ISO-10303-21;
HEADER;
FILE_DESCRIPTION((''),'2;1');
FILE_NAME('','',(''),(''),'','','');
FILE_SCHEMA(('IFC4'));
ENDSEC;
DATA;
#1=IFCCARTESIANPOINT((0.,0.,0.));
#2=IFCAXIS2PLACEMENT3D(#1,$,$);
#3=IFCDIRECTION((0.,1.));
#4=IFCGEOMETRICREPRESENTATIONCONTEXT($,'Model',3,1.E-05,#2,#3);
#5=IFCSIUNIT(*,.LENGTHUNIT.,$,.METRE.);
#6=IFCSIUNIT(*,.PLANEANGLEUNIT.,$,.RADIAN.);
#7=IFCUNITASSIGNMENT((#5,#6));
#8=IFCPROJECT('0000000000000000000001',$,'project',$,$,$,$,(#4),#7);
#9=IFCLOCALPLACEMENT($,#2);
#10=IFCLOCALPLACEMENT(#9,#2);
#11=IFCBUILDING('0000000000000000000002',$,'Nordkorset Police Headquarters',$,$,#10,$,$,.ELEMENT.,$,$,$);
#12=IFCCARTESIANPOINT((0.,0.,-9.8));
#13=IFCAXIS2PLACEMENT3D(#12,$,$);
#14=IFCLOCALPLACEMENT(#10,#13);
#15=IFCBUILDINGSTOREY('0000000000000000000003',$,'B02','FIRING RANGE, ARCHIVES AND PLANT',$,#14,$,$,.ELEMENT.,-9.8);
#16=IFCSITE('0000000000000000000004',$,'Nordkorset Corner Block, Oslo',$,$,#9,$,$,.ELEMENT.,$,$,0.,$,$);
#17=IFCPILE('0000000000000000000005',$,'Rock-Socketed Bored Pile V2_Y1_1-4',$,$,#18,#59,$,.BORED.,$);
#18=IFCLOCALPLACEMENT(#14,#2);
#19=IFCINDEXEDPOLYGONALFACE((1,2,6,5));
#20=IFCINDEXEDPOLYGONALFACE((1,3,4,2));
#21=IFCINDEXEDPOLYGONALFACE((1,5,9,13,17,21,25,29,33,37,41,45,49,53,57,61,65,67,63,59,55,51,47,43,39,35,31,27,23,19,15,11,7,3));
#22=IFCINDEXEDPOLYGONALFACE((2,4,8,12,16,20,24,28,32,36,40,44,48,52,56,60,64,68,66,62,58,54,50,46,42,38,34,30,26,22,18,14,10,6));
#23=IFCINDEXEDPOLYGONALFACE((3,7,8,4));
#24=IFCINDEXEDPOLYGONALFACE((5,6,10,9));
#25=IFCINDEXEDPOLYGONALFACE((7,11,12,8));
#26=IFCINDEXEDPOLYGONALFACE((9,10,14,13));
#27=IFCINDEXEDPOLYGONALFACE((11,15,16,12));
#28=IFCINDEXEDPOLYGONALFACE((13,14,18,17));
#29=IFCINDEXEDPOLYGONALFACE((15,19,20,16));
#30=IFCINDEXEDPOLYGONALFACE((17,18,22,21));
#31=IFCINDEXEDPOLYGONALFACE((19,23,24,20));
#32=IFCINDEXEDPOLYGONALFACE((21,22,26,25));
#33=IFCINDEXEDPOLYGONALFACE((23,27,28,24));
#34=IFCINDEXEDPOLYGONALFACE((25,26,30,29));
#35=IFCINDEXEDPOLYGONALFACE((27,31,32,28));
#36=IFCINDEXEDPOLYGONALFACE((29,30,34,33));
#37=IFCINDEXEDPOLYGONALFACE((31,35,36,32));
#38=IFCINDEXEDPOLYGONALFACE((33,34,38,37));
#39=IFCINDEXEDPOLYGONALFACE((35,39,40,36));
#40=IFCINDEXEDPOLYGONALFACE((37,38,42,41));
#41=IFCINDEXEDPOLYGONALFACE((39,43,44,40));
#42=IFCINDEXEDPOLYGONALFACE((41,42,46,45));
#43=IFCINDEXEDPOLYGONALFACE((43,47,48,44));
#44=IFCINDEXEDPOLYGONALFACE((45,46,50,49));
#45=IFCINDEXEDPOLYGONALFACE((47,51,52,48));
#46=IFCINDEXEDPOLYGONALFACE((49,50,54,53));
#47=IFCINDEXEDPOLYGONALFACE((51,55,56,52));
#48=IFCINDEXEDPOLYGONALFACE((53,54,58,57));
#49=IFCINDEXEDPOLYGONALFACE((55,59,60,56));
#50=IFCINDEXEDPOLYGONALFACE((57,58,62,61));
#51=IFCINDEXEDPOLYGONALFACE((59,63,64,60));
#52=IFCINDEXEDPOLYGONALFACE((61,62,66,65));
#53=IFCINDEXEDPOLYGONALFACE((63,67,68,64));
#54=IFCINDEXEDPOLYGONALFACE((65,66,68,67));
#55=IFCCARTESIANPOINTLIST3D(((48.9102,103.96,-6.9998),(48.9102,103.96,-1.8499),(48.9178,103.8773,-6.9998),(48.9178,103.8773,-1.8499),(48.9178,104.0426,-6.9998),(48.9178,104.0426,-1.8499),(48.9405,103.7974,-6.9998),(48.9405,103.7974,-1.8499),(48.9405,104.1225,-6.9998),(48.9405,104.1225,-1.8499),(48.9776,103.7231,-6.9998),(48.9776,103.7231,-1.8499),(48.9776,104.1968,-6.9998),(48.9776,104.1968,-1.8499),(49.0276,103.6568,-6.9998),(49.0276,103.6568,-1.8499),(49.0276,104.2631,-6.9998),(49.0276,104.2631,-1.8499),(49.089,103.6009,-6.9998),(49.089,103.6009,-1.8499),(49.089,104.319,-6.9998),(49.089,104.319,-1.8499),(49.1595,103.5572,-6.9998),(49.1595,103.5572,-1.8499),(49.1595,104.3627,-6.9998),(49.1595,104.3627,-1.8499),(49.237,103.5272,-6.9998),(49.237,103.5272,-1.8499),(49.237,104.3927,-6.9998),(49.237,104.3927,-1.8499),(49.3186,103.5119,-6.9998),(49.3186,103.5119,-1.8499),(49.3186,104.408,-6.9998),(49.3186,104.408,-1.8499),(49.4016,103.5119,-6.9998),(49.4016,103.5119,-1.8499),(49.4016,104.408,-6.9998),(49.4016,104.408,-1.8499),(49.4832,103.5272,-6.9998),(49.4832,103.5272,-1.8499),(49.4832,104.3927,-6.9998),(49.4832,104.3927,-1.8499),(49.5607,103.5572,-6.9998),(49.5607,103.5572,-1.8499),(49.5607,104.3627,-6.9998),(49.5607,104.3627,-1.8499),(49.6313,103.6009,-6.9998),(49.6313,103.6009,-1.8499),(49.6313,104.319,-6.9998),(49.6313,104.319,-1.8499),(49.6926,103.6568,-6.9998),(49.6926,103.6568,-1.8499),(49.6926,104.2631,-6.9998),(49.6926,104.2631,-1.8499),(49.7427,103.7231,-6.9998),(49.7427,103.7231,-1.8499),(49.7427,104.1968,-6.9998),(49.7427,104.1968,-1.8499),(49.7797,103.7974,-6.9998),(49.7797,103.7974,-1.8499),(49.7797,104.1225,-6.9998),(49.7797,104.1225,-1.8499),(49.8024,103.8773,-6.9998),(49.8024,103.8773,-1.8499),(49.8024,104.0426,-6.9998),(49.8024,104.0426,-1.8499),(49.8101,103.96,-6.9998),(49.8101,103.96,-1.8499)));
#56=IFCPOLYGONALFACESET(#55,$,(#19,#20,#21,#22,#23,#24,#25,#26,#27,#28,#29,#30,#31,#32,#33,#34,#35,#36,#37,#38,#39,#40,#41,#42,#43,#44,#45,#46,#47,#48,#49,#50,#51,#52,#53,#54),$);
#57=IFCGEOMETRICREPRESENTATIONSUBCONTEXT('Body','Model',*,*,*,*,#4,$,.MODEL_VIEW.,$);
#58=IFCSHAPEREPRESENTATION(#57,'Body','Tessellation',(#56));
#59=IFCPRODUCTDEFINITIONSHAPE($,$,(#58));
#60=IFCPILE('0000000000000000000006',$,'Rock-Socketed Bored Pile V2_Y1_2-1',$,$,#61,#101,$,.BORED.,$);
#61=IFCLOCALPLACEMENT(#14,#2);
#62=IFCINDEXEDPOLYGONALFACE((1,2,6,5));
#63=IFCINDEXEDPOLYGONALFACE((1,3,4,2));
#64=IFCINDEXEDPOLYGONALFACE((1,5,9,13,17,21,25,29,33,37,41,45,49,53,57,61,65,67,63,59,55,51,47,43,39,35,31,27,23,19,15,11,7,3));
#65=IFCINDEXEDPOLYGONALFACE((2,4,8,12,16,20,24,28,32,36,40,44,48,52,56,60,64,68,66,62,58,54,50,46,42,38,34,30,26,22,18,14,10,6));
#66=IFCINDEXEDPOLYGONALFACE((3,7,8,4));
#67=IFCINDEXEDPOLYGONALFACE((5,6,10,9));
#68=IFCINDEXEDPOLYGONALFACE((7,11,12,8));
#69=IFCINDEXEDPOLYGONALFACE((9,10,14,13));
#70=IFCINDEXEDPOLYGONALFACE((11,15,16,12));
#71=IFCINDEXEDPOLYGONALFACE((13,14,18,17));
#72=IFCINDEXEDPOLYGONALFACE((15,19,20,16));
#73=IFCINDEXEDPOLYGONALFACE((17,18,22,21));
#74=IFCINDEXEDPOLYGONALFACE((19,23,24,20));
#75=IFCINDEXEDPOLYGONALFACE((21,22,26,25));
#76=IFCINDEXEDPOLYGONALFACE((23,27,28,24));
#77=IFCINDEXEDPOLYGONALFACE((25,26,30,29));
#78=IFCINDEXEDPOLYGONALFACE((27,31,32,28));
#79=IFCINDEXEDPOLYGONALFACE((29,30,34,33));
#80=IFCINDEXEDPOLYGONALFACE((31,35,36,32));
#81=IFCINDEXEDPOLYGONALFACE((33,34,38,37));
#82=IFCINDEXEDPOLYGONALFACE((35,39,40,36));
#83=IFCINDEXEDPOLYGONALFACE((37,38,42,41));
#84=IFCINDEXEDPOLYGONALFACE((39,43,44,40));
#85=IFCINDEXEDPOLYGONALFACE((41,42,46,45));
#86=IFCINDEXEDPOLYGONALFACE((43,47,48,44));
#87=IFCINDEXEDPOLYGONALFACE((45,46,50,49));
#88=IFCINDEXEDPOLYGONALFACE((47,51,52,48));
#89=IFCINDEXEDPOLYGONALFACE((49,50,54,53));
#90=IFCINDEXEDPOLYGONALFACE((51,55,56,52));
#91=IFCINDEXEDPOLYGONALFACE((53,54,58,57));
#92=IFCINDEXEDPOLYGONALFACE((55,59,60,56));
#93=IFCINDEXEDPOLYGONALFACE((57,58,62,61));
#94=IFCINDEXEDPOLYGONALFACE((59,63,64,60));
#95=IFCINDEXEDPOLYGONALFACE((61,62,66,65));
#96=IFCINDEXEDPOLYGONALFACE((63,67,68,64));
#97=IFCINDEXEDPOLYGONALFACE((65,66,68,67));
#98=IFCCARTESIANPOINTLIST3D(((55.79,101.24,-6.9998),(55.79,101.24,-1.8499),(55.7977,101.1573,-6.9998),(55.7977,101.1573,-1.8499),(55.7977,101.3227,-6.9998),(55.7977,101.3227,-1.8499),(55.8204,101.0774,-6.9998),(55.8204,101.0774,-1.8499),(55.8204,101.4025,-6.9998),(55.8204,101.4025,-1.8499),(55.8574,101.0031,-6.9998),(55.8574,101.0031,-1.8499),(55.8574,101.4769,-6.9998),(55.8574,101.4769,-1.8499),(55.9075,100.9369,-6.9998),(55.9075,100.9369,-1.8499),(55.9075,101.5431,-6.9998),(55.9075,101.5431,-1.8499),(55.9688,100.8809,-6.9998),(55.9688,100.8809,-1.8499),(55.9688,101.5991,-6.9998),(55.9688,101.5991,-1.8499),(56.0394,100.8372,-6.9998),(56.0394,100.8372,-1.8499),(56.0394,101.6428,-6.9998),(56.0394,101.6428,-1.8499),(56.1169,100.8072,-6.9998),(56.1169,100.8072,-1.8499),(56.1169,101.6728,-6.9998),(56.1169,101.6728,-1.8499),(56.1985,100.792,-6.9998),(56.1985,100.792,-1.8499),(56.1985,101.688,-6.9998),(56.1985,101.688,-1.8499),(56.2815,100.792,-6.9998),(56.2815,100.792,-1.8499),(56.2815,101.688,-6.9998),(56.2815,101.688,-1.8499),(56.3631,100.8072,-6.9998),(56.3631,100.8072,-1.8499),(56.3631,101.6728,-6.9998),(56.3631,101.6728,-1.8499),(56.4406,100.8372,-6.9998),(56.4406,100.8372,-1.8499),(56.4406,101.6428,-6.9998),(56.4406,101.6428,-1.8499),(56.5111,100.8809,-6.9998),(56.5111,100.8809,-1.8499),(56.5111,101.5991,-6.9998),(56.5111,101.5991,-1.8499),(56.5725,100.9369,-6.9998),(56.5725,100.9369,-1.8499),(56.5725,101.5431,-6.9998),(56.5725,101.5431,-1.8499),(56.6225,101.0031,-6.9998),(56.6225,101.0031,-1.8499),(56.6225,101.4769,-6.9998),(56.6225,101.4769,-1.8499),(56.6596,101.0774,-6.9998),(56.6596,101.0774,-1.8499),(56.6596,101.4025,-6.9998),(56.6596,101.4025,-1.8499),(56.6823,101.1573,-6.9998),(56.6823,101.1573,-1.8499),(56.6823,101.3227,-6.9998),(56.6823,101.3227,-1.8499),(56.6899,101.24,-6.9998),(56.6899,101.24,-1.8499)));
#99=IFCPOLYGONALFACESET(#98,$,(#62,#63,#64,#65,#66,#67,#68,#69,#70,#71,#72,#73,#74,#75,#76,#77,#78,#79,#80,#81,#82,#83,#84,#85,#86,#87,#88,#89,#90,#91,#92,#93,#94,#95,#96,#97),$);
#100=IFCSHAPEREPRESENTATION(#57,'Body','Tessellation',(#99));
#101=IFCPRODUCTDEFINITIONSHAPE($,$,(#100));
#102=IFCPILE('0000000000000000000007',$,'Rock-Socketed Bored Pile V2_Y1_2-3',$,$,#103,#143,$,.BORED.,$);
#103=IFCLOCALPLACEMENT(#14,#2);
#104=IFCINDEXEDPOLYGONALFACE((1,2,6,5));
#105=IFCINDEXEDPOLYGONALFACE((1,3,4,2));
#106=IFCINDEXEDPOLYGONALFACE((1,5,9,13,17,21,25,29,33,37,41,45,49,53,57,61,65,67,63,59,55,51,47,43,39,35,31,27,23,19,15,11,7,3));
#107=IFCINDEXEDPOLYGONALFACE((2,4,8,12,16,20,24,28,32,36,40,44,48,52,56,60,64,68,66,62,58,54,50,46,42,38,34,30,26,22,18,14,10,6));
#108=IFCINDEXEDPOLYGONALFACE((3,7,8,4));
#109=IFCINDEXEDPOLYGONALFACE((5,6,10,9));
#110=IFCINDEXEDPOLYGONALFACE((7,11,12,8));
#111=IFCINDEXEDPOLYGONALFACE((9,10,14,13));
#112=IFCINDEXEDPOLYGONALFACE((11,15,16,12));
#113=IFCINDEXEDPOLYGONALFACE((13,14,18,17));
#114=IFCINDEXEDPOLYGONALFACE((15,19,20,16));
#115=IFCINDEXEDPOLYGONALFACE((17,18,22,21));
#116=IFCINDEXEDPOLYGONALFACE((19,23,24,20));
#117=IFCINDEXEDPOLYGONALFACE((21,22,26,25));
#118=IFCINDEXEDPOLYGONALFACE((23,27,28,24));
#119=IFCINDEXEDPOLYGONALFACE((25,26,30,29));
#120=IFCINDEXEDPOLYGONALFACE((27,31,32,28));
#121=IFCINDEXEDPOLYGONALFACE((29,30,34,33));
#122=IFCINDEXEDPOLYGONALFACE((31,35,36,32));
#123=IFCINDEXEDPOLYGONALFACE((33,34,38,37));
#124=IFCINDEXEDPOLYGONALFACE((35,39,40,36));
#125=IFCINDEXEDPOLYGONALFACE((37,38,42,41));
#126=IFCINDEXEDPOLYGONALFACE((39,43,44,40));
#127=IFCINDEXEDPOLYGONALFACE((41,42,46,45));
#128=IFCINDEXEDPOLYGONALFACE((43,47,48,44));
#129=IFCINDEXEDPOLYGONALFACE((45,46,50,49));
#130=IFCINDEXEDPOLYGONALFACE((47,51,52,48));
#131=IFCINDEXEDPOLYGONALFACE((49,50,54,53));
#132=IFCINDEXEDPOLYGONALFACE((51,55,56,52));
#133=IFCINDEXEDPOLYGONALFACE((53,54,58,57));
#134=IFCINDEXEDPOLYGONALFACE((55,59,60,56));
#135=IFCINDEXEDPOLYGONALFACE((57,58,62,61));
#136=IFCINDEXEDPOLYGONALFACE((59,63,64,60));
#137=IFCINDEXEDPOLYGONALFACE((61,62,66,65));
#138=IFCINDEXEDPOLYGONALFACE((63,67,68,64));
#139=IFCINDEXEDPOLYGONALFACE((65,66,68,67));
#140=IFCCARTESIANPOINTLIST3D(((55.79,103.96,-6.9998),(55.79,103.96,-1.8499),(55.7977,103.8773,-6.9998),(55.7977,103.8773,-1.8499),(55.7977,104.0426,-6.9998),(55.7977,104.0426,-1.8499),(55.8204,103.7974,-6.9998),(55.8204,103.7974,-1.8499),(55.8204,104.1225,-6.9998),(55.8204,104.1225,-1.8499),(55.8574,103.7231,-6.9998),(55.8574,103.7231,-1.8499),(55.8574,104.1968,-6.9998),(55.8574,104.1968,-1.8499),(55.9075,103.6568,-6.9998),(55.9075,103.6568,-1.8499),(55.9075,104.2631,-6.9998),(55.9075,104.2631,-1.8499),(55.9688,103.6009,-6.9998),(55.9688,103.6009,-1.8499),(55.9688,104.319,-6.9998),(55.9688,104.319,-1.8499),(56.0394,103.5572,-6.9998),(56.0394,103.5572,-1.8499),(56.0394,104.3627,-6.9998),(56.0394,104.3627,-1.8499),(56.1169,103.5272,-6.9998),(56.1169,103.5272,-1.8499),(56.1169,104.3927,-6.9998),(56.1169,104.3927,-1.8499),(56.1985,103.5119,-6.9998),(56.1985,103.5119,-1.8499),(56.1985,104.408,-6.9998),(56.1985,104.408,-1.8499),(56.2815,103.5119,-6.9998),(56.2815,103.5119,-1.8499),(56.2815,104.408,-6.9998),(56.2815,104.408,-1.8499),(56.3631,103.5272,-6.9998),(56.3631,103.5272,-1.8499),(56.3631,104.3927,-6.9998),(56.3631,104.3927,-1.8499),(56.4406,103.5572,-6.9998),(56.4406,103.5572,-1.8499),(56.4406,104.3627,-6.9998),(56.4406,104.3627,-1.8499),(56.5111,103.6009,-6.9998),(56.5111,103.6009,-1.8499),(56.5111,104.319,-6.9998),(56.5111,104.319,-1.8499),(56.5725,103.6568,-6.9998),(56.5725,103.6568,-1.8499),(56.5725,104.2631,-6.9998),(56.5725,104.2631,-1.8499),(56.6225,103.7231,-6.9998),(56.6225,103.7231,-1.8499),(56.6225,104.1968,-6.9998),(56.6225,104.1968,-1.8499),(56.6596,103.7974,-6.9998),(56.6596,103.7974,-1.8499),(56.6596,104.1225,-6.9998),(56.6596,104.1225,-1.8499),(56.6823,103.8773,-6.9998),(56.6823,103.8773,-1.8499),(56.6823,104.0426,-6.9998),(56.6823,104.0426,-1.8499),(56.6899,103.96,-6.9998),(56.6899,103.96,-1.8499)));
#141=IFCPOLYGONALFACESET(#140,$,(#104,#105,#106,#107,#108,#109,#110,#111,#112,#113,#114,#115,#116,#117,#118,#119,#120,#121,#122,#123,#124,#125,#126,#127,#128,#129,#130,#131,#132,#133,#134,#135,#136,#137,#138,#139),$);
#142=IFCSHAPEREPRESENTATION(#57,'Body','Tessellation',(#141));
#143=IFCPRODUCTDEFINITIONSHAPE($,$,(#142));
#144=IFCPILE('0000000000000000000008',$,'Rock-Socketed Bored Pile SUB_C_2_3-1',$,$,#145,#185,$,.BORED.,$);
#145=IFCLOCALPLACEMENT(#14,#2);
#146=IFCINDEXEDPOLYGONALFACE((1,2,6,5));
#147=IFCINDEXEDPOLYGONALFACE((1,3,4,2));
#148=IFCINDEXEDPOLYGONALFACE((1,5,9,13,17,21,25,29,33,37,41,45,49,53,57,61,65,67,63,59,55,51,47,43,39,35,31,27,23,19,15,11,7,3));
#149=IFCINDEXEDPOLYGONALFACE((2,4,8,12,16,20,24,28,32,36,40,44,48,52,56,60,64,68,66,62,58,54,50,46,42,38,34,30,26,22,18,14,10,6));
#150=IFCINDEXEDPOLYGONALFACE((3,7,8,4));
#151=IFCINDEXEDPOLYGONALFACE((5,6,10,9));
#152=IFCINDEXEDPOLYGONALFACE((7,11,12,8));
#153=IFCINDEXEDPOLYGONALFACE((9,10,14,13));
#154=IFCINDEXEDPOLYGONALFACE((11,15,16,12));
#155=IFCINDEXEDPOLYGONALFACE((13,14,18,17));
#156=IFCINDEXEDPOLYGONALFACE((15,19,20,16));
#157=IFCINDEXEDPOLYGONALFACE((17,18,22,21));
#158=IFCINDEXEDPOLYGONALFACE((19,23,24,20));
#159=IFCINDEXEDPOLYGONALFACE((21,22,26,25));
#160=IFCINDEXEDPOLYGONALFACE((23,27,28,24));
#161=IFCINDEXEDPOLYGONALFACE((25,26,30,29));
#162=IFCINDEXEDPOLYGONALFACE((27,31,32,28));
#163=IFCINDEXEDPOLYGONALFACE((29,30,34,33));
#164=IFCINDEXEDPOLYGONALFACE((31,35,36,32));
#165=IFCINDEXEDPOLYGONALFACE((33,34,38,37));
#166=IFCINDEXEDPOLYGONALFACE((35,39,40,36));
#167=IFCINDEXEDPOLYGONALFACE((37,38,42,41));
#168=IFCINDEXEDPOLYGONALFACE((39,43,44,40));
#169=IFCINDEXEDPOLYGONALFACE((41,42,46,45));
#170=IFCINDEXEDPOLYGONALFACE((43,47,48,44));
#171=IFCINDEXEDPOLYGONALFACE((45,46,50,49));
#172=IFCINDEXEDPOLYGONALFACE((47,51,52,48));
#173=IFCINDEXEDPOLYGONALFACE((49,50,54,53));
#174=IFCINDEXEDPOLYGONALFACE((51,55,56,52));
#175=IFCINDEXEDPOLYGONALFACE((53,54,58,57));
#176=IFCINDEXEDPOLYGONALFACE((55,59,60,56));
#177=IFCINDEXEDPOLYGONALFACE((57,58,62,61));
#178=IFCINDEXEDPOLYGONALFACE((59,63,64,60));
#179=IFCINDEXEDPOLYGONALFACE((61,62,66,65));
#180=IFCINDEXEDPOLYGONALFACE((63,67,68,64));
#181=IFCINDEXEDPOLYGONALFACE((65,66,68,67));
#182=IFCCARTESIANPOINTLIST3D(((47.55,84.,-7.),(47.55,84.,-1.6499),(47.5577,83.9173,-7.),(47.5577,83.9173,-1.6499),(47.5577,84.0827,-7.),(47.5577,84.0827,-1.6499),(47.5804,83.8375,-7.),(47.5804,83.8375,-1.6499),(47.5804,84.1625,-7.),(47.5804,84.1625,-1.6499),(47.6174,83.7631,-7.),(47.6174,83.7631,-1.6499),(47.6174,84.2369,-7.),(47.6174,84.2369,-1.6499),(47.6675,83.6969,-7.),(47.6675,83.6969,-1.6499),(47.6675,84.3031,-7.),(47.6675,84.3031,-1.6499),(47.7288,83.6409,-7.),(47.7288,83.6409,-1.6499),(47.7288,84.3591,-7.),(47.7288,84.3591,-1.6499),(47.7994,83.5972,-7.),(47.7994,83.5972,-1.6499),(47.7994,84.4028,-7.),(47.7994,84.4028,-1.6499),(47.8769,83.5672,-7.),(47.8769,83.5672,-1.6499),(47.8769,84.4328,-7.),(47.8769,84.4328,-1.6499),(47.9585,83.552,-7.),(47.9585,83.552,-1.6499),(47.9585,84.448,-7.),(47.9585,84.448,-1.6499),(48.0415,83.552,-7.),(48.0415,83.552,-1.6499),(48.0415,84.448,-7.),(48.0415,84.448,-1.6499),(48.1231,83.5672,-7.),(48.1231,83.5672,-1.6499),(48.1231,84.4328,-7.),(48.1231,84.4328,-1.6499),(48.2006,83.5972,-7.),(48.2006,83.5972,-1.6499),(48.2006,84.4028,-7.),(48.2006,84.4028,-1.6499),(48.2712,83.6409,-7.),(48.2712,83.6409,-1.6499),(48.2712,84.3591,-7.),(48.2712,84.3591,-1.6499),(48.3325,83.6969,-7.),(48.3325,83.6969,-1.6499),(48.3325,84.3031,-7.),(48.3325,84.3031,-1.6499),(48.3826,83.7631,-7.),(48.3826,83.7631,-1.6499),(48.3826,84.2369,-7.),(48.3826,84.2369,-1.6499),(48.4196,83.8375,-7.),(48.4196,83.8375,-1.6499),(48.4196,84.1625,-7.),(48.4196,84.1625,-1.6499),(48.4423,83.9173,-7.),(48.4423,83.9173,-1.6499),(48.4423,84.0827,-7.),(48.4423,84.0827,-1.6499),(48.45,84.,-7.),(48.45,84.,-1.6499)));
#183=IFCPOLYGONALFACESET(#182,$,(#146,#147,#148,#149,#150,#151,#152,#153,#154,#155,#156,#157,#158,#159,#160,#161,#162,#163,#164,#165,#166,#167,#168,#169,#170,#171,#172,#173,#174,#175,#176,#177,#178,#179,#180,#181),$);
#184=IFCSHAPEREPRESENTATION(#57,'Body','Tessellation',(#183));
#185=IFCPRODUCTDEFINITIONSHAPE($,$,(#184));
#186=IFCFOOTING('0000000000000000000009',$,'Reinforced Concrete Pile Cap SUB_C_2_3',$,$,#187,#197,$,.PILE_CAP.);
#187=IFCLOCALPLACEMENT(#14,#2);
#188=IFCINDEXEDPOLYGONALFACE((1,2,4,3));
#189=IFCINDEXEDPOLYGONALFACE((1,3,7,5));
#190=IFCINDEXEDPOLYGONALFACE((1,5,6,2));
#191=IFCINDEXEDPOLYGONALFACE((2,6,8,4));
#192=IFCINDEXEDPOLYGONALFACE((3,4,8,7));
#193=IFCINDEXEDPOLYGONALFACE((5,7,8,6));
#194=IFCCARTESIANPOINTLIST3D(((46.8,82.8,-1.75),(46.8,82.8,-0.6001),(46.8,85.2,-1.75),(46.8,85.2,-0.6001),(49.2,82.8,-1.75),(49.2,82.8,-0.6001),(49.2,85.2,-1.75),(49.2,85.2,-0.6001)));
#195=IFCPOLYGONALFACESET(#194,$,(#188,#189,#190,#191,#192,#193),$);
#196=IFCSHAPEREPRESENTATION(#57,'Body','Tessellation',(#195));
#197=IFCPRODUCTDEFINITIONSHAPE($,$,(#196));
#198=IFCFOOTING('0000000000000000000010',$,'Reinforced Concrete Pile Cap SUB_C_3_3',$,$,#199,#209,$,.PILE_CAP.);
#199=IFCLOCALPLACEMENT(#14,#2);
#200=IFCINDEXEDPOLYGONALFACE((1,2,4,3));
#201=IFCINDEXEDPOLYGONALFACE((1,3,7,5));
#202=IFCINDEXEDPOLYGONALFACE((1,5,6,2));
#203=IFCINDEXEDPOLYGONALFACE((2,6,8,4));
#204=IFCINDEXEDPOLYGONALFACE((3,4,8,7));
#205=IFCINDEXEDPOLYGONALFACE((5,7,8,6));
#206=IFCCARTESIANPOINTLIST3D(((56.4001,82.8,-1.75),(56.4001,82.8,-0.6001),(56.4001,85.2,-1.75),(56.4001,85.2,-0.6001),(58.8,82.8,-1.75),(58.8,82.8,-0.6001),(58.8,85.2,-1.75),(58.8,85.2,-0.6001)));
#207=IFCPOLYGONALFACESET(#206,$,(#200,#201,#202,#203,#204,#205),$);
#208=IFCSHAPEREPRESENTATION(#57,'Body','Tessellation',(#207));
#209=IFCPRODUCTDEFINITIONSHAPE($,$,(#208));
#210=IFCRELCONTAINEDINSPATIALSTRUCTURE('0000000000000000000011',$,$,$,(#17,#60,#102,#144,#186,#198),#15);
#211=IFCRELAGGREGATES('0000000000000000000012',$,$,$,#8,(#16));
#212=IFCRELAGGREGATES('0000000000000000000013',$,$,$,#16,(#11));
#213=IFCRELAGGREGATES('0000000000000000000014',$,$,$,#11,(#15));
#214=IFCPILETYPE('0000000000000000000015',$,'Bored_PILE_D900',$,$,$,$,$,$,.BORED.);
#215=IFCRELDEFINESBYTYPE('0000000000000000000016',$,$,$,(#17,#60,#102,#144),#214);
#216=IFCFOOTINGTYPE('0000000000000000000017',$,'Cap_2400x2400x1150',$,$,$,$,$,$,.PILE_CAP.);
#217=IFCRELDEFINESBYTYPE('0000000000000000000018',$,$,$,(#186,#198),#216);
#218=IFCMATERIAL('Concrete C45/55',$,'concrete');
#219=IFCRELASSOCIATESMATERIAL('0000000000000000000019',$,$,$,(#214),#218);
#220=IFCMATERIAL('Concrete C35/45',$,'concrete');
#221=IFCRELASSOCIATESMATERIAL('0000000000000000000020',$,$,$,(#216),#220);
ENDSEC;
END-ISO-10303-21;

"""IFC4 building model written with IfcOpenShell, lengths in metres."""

from ifc_helpers import new_model, si_unit, direction, frame, origin, origin_2d, place, context, subcontext, project, spatial, rectangle, circle, extrude, material, material_profile, profile_set, type_object, element, save


model = new_model("IFC4")

# Units and contexts
model_context = context("Model", 3, precision=1e-05, world=origin(), true_north=direction((0.0, 1.0)))
body_context = subcontext(model_context, "Body", "Model", "MODEL_VIEW")
ifc_project = project(units=[si_unit("LENGTHUNIT", "METRE"), si_unit("PLANEANGLEUNIT", "RADIAN")], contexts=[model_context])

# Site, building, storey
site_placement = place(None, origin())
site = spatial("IfcSite", under=ifc_project, at=site_placement, Name="Nordkorset Corner Block, Oslo", CompositionType="ELEMENT", RefElevation=0.0)
building_placement = place(site_placement, origin())
building = spatial("IfcBuilding", under=site, at=building_placement, Name="Nordkorset Police Headquarters", CompositionType="ELEMENT")
storey_placement = place(building_placement, frame((0.0, 0.0, -9.8)))
storey = spatial("IfcBuildingStorey", under=building, at=storey_placement, Name="B02", Description="FIRING RANGE, ARCHIVES AND PLANT", CompositionType="ELEMENT", Elevation=-9.8)

# Piles
ifc_material_1 = material(Name="Concrete C45/55", Category="concrete")
ifc_material_profile_1 = material_profile(ifc_material_1, circle(Radius=0.45, at=origin_2d()), Name="PILE D900")
ifc_profile_set_1 = profile_set([ifc_material_profile_1], Name="Concrete C45/55")
pile_type_1 = type_object("IfcPileType", Name="Bored_PILE_D900", PredefinedType="BORED", material=ifc_profile_set_1)
for number, where, z_axis, x_axis, name in (
    (1, (49.3601, 103.96, -1.8499), (0.0, 0.0, -1.0), (1.0, 0.0, 0.0), "Rock-Socketed Bored Pile V2_Y1_1-4"),
    (2, (56.24, 101.24, -1.8499), (0.0, 0.0, -1.0), (1.0, 0.0, 0.0), "Rock-Socketed Bored Pile V2_Y1_2-1"),
    (3, (56.24, 103.96, -1.8499), (0.0, 0.0, -1.0), (1.0, 0.0, 0.0), "Rock-Socketed Bored Pile V2_Y1_2-3"),
):
    element("IfcPile", number, at=place(storey_placement, frame(where, z_axis=z_axis, x_axis=x_axis)), inside=storey, type_object=pile_type_1, Name=name, PredefinedType="BORED", context=body_context, shape_type="SweptSolid", body=[
        extrude(circle(Radius=0.45, at=origin_2d()), origin(), (0.0, 0.0, 1.0), 5.1499),
    ])
pile_placement = place(storey_placement, frame((48.0, 84.0, -1.6499), z_axis=(0.0, 0.0, -1.0), x_axis=(1.0, 0.0, 0.0)))
element("IfcPile", 4, at=pile_placement, inside=storey, type_object=pile_type_1, Name="Rock-Socketed Bored Pile SUB_C_2_3-1", PredefinedType="BORED", context=body_context, shape_type="SweptSolid", body=[
    extrude(circle(Radius=0.45, at=origin_2d()), origin(), (0.0, 0.0, 1.0), 5.3501),
])

# Footings
ifc_material_2 = material(Name="Concrete C35/45", Category="concrete")
footing_type_1 = type_object("IfcFootingType", Name="Cap_2400x2400x1150", PredefinedType="PILE_CAP", material=ifc_material_2)
for number, where, z_axis, x_axis, name in (
    (5, (48.0, 84.0, -1.75), (0.0, 0.0, 1.0), (1.0, 0.0, 0.0), "Reinforced Concrete Pile Cap SUB_C_2_3"),
    (6, (57.6001, 84.0, -1.75), (0.0, 0.0, 1.0), (1.0, 0.0, 0.0), "Reinforced Concrete Pile Cap SUB_C_3_3"),
):
    element("IfcFooting", number, at=place(storey_placement, frame(where, z_axis=z_axis, x_axis=x_axis)), inside=storey, type_object=footing_type_1, Name=name, PredefinedType="PILE_CAP", context=body_context, shape_type="SweptSolid", body=[
        extrude(rectangle(XDim=2.3999, YDim=2.3999, at=origin_2d()), origin(), (0.0, 0.0, 1.0), 1.1499),
    ])

save(model, "model.ifc")
